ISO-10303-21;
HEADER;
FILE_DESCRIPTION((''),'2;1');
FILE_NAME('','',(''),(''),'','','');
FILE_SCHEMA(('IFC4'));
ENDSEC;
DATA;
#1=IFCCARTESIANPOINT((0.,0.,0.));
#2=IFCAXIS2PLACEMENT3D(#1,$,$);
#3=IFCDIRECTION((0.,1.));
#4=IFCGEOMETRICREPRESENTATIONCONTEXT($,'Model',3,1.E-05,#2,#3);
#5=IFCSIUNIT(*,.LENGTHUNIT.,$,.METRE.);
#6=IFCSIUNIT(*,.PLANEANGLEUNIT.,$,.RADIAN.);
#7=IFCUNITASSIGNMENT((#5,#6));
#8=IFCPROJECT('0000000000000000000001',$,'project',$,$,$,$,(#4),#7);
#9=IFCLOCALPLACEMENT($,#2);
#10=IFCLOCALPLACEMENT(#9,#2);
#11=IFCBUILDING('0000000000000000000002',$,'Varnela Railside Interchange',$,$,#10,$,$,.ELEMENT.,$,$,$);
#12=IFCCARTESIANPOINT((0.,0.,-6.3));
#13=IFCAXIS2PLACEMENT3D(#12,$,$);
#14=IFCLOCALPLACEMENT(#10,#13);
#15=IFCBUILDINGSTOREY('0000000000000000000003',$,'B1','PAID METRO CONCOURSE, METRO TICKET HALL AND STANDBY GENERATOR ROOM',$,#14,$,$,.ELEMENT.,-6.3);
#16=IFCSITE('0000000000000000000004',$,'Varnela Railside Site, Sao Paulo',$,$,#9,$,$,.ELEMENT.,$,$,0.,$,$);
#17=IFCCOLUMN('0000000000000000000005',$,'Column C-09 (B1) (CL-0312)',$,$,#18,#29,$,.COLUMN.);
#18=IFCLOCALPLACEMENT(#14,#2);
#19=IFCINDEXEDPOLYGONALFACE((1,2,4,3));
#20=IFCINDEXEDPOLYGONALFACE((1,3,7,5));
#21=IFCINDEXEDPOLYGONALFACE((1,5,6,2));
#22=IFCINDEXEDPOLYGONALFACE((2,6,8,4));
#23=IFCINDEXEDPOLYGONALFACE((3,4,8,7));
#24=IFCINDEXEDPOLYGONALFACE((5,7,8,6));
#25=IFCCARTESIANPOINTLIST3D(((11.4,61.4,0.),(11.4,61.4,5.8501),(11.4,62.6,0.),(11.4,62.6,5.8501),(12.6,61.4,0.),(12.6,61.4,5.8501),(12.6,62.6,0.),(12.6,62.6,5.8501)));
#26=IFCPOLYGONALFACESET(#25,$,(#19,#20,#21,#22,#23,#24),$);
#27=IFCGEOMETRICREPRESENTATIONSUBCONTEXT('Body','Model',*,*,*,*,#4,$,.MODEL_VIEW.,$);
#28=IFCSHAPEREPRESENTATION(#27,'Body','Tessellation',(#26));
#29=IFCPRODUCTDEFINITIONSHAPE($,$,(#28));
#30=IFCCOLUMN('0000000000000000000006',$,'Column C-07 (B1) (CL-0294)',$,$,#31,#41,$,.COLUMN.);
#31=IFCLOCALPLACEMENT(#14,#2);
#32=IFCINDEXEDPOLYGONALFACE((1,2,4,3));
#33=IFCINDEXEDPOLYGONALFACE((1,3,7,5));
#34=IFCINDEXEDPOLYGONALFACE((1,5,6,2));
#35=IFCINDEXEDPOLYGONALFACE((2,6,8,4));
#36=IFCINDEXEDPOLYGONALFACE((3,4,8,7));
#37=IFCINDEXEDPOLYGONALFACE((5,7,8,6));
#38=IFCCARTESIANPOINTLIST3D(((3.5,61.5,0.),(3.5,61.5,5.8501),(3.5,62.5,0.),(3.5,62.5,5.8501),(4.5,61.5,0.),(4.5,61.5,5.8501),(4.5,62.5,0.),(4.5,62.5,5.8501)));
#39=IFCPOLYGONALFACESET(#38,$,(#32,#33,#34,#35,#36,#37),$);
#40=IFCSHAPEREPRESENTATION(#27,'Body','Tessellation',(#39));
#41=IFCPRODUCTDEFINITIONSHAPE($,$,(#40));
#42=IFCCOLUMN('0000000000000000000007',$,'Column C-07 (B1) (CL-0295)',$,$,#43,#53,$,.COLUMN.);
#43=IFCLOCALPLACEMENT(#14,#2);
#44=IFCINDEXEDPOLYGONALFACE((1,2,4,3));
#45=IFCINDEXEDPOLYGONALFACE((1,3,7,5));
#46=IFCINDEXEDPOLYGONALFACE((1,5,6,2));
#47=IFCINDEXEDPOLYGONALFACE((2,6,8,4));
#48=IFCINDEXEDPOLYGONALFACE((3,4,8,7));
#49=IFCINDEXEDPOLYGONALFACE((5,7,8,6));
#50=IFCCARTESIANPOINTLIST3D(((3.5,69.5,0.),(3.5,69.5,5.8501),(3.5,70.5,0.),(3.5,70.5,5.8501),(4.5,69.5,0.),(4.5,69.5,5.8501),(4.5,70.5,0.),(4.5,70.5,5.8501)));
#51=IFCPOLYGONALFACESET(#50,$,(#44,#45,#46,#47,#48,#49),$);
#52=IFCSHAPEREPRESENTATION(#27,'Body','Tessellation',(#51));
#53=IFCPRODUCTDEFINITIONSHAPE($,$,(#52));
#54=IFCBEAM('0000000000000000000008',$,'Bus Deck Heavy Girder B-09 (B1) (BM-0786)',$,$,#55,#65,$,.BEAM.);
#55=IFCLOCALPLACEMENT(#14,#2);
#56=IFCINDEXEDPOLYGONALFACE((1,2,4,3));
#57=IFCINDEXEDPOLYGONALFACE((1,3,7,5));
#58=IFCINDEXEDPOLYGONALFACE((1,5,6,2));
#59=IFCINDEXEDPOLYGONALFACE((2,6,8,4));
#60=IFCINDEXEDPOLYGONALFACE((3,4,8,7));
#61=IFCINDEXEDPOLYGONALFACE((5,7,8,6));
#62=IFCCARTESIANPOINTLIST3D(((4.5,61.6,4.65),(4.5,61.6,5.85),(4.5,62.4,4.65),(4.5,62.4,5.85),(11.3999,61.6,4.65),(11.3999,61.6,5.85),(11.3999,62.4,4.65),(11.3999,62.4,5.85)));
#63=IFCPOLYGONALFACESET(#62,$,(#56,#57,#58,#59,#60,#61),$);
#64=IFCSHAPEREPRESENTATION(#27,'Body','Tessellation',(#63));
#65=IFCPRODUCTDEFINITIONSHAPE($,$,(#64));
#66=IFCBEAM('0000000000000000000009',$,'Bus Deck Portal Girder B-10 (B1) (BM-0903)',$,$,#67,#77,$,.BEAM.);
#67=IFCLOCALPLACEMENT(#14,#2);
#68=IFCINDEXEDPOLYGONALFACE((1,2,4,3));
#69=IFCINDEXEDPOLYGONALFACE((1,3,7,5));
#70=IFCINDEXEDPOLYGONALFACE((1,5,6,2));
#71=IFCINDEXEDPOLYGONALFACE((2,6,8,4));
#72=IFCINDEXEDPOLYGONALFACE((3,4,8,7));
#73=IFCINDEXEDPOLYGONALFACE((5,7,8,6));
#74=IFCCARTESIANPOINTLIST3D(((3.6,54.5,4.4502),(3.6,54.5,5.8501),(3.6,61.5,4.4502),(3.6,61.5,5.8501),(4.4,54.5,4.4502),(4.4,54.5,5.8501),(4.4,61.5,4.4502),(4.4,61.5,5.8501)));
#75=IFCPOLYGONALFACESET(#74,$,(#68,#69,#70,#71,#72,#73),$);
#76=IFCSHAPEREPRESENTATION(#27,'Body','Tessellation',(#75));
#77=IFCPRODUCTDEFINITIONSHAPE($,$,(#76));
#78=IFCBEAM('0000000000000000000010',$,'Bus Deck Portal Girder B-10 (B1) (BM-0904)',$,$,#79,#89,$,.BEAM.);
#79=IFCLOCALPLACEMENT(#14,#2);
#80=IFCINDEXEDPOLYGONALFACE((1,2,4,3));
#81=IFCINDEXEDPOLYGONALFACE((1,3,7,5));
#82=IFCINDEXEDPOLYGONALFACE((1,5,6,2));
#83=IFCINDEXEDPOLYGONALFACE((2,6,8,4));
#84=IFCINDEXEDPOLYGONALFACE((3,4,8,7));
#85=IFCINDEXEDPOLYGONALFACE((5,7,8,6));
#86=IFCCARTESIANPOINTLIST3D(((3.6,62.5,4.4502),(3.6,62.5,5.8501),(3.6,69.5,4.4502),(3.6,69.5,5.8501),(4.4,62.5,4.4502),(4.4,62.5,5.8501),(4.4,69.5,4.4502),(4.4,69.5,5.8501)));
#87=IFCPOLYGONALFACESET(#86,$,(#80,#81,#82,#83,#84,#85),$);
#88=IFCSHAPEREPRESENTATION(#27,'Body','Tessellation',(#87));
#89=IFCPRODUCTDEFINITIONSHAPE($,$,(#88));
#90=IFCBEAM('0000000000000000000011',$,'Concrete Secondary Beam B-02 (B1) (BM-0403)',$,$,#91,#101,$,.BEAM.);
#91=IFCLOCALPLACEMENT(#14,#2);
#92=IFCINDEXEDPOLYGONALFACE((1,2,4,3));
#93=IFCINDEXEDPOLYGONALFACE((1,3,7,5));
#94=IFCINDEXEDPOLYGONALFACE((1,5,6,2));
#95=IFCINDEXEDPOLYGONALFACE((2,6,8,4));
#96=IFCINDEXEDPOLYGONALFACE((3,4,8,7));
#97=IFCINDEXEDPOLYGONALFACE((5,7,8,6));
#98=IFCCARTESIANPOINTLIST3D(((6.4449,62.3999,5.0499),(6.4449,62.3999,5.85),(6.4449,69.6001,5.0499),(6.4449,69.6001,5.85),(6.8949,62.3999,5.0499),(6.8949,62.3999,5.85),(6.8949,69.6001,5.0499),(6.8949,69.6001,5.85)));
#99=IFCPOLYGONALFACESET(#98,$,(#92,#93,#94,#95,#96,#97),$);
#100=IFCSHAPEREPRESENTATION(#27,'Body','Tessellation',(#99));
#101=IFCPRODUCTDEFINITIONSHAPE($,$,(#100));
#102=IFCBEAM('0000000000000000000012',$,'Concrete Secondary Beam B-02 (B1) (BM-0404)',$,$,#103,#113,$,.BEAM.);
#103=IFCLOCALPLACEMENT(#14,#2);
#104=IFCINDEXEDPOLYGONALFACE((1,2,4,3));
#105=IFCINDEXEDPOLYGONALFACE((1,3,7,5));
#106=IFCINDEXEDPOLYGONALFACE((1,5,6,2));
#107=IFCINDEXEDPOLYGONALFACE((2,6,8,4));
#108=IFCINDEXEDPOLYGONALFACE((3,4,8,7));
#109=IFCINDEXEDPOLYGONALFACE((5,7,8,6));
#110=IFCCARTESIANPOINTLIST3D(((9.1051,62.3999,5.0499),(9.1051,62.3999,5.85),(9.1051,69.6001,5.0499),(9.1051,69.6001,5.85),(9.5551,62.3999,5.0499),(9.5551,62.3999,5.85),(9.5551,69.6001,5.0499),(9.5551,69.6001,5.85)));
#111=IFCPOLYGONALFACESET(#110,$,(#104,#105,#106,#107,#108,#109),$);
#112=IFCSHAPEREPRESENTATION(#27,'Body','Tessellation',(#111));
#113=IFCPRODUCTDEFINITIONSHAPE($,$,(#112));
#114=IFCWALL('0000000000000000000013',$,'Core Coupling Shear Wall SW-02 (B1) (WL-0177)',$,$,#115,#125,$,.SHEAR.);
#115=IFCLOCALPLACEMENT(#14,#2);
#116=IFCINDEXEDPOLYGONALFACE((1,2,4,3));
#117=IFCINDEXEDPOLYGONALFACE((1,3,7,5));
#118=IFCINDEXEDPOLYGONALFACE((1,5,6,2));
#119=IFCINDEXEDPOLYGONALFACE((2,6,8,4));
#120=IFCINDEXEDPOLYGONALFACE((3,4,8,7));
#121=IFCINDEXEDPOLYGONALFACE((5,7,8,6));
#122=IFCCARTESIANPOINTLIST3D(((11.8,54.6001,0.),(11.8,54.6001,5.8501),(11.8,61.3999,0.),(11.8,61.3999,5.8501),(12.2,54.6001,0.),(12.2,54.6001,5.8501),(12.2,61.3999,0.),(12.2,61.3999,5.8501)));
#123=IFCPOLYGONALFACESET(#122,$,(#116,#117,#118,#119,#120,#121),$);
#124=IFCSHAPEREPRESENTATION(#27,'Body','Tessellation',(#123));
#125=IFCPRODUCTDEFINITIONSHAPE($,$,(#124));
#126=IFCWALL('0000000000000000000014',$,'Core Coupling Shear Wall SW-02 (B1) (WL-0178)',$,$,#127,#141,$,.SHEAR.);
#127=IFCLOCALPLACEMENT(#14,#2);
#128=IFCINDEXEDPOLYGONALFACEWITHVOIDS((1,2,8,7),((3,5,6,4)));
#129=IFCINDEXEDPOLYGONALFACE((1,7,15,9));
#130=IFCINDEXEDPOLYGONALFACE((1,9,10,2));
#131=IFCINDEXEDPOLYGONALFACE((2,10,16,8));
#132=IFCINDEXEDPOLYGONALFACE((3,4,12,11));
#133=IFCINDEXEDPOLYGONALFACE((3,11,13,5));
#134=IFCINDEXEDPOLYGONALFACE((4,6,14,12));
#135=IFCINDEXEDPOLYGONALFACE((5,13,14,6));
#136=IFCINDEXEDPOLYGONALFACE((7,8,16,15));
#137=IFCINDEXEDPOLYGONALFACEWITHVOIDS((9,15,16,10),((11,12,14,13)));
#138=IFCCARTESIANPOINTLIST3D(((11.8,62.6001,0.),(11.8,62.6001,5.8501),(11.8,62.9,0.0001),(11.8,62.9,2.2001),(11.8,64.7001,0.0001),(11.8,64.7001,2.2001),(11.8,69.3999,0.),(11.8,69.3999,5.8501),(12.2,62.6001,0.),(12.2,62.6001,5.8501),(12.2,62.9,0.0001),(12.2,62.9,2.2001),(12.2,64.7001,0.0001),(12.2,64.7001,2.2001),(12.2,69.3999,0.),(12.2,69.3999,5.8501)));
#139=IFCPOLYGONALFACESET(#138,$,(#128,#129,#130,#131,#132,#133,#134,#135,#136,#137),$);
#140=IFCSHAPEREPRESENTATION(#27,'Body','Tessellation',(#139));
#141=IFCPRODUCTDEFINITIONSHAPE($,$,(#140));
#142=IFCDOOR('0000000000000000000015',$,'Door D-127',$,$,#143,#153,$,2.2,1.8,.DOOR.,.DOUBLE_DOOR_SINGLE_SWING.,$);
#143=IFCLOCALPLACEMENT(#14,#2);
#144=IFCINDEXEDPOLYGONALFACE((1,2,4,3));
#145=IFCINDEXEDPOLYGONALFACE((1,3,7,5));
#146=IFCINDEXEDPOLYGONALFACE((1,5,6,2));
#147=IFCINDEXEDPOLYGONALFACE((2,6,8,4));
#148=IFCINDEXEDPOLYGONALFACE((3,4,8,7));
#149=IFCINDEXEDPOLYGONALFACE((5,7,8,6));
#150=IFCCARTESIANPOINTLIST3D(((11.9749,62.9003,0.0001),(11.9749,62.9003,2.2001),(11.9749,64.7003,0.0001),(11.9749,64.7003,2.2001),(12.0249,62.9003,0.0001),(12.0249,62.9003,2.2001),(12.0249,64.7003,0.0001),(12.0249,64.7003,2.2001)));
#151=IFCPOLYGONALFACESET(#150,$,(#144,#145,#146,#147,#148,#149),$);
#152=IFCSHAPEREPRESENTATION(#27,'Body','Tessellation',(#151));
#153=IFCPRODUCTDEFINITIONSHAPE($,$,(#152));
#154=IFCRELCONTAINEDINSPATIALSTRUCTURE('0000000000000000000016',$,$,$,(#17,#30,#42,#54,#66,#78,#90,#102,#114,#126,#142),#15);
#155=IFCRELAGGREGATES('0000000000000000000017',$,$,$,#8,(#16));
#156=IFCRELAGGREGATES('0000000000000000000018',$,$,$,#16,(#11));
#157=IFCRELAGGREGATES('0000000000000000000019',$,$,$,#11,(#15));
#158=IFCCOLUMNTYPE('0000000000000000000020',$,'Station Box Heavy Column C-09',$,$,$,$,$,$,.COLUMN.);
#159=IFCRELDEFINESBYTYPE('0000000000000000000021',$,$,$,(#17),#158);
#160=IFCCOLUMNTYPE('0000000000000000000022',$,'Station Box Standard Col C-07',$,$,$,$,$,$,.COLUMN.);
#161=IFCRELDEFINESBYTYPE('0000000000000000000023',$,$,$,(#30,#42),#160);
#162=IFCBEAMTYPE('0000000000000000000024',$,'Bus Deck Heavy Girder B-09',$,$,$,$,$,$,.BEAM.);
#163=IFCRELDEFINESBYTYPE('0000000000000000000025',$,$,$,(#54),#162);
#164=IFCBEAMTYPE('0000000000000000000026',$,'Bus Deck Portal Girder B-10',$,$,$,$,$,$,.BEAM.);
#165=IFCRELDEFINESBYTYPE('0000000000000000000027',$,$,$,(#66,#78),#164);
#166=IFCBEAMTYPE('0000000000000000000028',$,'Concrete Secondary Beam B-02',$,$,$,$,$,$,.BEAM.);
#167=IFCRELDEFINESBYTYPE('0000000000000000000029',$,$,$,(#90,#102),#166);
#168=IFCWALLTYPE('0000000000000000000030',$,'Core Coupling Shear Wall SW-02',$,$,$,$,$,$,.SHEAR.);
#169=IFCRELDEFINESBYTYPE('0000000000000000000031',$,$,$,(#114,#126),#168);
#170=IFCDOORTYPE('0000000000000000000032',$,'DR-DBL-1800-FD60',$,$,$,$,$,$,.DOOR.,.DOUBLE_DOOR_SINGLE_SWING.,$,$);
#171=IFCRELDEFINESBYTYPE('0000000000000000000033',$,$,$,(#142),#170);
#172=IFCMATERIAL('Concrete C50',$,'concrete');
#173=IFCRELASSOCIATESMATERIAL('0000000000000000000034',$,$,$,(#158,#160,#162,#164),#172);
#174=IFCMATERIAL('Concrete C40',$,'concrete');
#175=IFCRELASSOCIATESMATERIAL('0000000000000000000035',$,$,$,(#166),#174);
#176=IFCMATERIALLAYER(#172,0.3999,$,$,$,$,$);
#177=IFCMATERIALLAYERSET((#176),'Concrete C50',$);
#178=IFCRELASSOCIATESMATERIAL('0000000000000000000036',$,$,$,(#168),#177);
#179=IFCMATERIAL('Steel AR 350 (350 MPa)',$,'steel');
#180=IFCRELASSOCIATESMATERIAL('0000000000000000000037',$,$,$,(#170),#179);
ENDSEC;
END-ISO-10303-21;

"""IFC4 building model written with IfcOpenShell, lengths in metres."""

from ifc_helpers import new_model, si_unit, direction, frame, frame_2d, origin, origin_2d, place, context, subcontext, project, spatial, rectangle, extrude, material, layer, layer_set, material_profile, profile_set, type_object, element, fill, save


model = new_model("IFC4")

# Units and contexts
model_context = context("Model", 3, precision=1e-05, world=origin(), true_north=direction((0.0, 1.0)))
body_context = subcontext(model_context, "Body", "Model", "MODEL_VIEW")
ifc_project = project(units=[si_unit("LENGTHUNIT", "METRE"), si_unit("PLANEANGLEUNIT", "RADIAN")], contexts=[model_context])

# Site, building, storey
site_placement = place(None, origin())
site = spatial("IfcSite", under=ifc_project, at=site_placement, Name="Varnela Railside Site, Sao Paulo", CompositionType="ELEMENT", RefElevation=0.0)
building_placement = place(site_placement, origin())
building = spatial("IfcBuilding", under=site, at=building_placement, Name="Varnela Railside Interchange", CompositionType="ELEMENT")
storey_placement = place(building_placement, frame((0.0, 0.0, -6.3)))
storey = spatial("IfcBuildingStorey", under=building, at=storey_placement, Name="B1", Description="PAID METRO CONCOURSE, METRO TICKET HALL AND STANDBY GENERATOR ROOM", CompositionType="ELEMENT", Elevation=-6.3)

# Columns
ifc_material_1 = material(Name="Concrete C50", Category="concrete")
ifc_material_profile_1 = material_profile(ifc_material_1, rectangle(XDim=1.2, YDim=1.2, at=origin_2d()), Name="RC 1200x1200")
ifc_profile_set_1 = profile_set([ifc_material_profile_1], Name="Concrete C50")
column_type_1 = type_object("IfcColumnType", Name="Station Box Heavy Column C-09", PredefinedType="COLUMN", material=ifc_profile_set_1)
column_placement = place(storey_placement, frame((12.0, 62.0, 0.0), z_axis=(0.0, 0.0, 1.0), x_axis=(1.0, 0.0, 0.0)))
element("IfcColumn", 1, at=column_placement, inside=storey, type_object=column_type_1, Name="Column C-09 (B1) (CL-0312)", PredefinedType="COLUMN", context=body_context, shape_type="SweptSolid", body=[
    extrude(rectangle(XDim=1.2, YDim=1.2, at=origin_2d()), origin(), (0.0, 0.0, 1.0), 5.8501),
])
ifc_material_profile_2 = material_profile(ifc_material_1, rectangle(XDim=1.0, YDim=1.0, at=origin_2d()), Name="RC 1000x1000")
ifc_profile_set_2 = profile_set([ifc_material_profile_2], Name="Concrete C50")
column_type_2 = type_object("IfcColumnType", Name="Station Box Standard Col C-07", PredefinedType="COLUMN", material=ifc_profile_set_2)
for number, where, z_axis, x_axis, name in (
    (2, (4.0, 62.0, 0.0), (0.0, 0.0, 1.0), (1.0, 0.0, 0.0), "Column C-07 (B1) (CL-0294)"),
    (3, (4.0, 70.0, 0.0), (0.0, 0.0, 1.0), (1.0, 0.0, 0.0), "Column C-07 (B1) (CL-0295)"),
):
    element("IfcColumn", number, at=place(storey_placement, frame(where, z_axis=z_axis, x_axis=x_axis)), inside=storey, type_object=column_type_2, Name=name, PredefinedType="COLUMN", context=body_context, shape_type="SweptSolid", body=[
        extrude(rectangle(XDim=1.0, YDim=1.0, at=origin_2d()), origin(), (0.0, 0.0, 1.0), 5.8501),
    ])

# Beams
ifc_material_profile_3 = material_profile(ifc_material_1, rectangle(XDim=0.8, YDim=1.2, at=origin_2d()), Name="RC 800x1200")
ifc_profile_set_3 = profile_set([ifc_material_profile_3], Name="Concrete C50")
beam_type_1 = type_object("IfcBeamType", Name="Bus Deck Heavy Girder B-09", PredefinedType="BEAM", material=ifc_profile_set_3)
beam_placement = place(storey_placement, frame((4.5, 62.0, 5.25), z_axis=(1.0, 0.0, 0.0), x_axis=(0.0, 1.0, 0.0)))
element("IfcBeam", 4, at=beam_placement, inside=storey, type_object=beam_type_1, Name="Bus Deck Heavy Girder B-09 (B1) (BM-0786)", PredefinedType="BEAM", context=body_context, shape_type="SweptSolid", body=[
    extrude(rectangle(XDim=0.8, YDim=1.2, at=origin_2d()), origin(), (0.0, 0.0, 1.0), 6.8999),
])
ifc_material_profile_4 = material_profile(ifc_material_1, rectangle(XDim=0.8, YDim=1.3999, at=origin_2d()), Name="RC 800x1400")
ifc_profile_set_4 = profile_set([ifc_material_profile_4], Name="Concrete C50")
beam_type_2 = type_object("IfcBeamType", Name="Bus Deck Portal Girder B-10", PredefinedType="BEAM", material=ifc_profile_set_4)
for number, where, z_axis, x_axis, name in (
    (5, (4.0, 54.5, 5.1501), (0.0, 1.0, 0.0), (-1.0, 0.0, 0.0), "Bus Deck Portal Girder B-10 (B1) (BM-0903)"),
    (6, (4.0, 62.5, 5.1501), (0.0, 1.0, 0.0), (-1.0, 0.0, 0.0), "Bus Deck Portal Girder B-10 (B1) (BM-0904)"),
):
    element("IfcBeam", number, at=place(storey_placement, frame(where, z_axis=z_axis, x_axis=x_axis)), inside=storey, type_object=beam_type_2, Name=name, PredefinedType="BEAM", context=body_context, shape_type="SweptSolid", body=[
        extrude(rectangle(XDim=0.8, YDim=1.3999, at=origin_2d()), origin(), (0.0, 0.0, 1.0), 7.0),
    ])
ifc_material_2 = material(Name="Concrete C40", Category="concrete")
ifc_material_profile_5 = material_profile(ifc_material_2, rectangle(XDim=0.45, YDim=0.8, at=origin_2d()), Name="RC 450x800")
ifc_profile_set_5 = profile_set([ifc_material_profile_5], Name="Concrete C40")
beam_type_3 = type_object("IfcBeamType", Name="Concrete Secondary Beam B-02", PredefinedType="BEAM", material=ifc_profile_set_5)
for number, where, z_axis, x_axis, name in (
    (7, (6.6699, 62.3999, 5.45), (0.0, 1.0, 0.0), (-1.0, 0.0, 0.0), "Concrete Secondary Beam B-02 (B1) (BM-0403)"),
    (8, (9.3301, 62.3999, 5.45), (0.0, 1.0, 0.0), (-1.0, 0.0, 0.0), "Concrete Secondary Beam B-02 (B1) (BM-0404)"),
):
    element("IfcBeam", number, at=place(storey_placement, frame(where, z_axis=z_axis, x_axis=x_axis)), inside=storey, type_object=beam_type_3, Name=name, PredefinedType="BEAM", context=body_context, shape_type="SweptSolid", body=[
        extrude(rectangle(XDim=0.45, YDim=0.8, at=origin_2d()), origin(), (0.0, 0.0, 1.0), 7.2002),
    ])

# Wall
ifc_layer_1 = layer(ifc_material_1, 0.3999)
ifc_layer_set_1 = layer_set([ifc_layer_1], Name="Concrete C50")
wall_type_1 = type_object("IfcWallType", Name="Core Coupling Shear Wall SW-02", PredefinedType="SHEAR", material=ifc_layer_set_1)
wall_1_placement = place(storey_placement, frame((12.0, 54.6001, 0.0), z_axis=(0.0, 0.0, 1.0), x_axis=(0.0, 1.0, 0.0)))
element("IfcWall", 9, at=wall_1_placement, inside=storey, type_object=wall_type_1, Name="Core Coupling Shear Wall SW-02 (B1) (WL-0177)", PredefinedType="SHEAR", context=body_context, shape_type="SweptSolid", body=[
    extrude(rectangle(XDim=6.7998, YDim=0.3999, at=frame_2d((3.3999, 0.0))), origin(), (0.0, 0.0, 1.0), 5.8501),
])

# Wall, opening, door
wall_2_placement = place(storey_placement, frame((12.0, 62.6001, 0.0), z_axis=(0.0, 0.0, 1.0), x_axis=(0.0, 1.0, 0.0)))
wall_2 = element("IfcWall", 10, at=wall_2_placement, inside=storey, type_object=wall_type_1, Name="Core Coupling Shear Wall SW-02 (B1) (WL-0178)", PredefinedType="SHEAR", context=body_context, shape_type="SweptSolid", body=[
    extrude(rectangle(XDim=6.7998, YDim=0.3999, at=frame_2d((3.3999, 0.0))), origin(), (0.0, 0.0, 1.0), 5.8501),
])
opening_1_placement = place(wall_2_placement, frame((0.3, 0.0, 0.0)))
opening_1 = element("IfcOpeningElement", 11, at=opening_1_placement, cuts=wall_2, PredefinedType="OPENING", context=body_context, shape_type="SweptSolid", body=[
    extrude(rectangle(XDim=1.8, YDim=2.2, at=frame_2d((0.8999, 1.1001))), frame((0.0, 0.21, 0.0), z_axis=(0.0, -1.0, 0.0), x_axis=(1.0, 0.0, 0.0)), (0.0, 0.0, 1.0), 0.4199),
])
ifc_material_3 = material(Name="Steel AR 350 (350 MPa)", Category="steel")
door_type_1 = type_object("IfcDoorType", Name="DR-DBL-1800-FD60", OperationType="DOUBLE_DOOR_SINGLE_SWING", PredefinedType="DOOR", material=ifc_material_3)
door_1_placement = place(opening_1_placement, frame((1.8, 0.0, 0.0), z_axis=(0.0, 0.0, 1.0), x_axis=(-1.0, 0.0, 0.0)))
door_1 = element("IfcDoor", 12, at=door_1_placement, inside=storey, type_object=door_type_1, Name="Door D-127", OperationType="DOUBLE_DOOR_SINGLE_SWING", OverallHeight=2.2, OverallWidth=1.8, PredefinedType="DOOR", context=body_context, shape_type="SweptSolid", body=[
    extrude(rectangle(XDim=1.8, YDim=2.2, at=frame_2d((0.8999, 1.1001))), frame((0.0, 0.0249, 0.0), z_axis=(0.0, -1.0, 0.0), x_axis=(1.0, 0.0, 0.0)), (0.0, 0.0, 1.0), 0.05),
])
fill(opening_1, door_1)

save(model, "model.ifc")
